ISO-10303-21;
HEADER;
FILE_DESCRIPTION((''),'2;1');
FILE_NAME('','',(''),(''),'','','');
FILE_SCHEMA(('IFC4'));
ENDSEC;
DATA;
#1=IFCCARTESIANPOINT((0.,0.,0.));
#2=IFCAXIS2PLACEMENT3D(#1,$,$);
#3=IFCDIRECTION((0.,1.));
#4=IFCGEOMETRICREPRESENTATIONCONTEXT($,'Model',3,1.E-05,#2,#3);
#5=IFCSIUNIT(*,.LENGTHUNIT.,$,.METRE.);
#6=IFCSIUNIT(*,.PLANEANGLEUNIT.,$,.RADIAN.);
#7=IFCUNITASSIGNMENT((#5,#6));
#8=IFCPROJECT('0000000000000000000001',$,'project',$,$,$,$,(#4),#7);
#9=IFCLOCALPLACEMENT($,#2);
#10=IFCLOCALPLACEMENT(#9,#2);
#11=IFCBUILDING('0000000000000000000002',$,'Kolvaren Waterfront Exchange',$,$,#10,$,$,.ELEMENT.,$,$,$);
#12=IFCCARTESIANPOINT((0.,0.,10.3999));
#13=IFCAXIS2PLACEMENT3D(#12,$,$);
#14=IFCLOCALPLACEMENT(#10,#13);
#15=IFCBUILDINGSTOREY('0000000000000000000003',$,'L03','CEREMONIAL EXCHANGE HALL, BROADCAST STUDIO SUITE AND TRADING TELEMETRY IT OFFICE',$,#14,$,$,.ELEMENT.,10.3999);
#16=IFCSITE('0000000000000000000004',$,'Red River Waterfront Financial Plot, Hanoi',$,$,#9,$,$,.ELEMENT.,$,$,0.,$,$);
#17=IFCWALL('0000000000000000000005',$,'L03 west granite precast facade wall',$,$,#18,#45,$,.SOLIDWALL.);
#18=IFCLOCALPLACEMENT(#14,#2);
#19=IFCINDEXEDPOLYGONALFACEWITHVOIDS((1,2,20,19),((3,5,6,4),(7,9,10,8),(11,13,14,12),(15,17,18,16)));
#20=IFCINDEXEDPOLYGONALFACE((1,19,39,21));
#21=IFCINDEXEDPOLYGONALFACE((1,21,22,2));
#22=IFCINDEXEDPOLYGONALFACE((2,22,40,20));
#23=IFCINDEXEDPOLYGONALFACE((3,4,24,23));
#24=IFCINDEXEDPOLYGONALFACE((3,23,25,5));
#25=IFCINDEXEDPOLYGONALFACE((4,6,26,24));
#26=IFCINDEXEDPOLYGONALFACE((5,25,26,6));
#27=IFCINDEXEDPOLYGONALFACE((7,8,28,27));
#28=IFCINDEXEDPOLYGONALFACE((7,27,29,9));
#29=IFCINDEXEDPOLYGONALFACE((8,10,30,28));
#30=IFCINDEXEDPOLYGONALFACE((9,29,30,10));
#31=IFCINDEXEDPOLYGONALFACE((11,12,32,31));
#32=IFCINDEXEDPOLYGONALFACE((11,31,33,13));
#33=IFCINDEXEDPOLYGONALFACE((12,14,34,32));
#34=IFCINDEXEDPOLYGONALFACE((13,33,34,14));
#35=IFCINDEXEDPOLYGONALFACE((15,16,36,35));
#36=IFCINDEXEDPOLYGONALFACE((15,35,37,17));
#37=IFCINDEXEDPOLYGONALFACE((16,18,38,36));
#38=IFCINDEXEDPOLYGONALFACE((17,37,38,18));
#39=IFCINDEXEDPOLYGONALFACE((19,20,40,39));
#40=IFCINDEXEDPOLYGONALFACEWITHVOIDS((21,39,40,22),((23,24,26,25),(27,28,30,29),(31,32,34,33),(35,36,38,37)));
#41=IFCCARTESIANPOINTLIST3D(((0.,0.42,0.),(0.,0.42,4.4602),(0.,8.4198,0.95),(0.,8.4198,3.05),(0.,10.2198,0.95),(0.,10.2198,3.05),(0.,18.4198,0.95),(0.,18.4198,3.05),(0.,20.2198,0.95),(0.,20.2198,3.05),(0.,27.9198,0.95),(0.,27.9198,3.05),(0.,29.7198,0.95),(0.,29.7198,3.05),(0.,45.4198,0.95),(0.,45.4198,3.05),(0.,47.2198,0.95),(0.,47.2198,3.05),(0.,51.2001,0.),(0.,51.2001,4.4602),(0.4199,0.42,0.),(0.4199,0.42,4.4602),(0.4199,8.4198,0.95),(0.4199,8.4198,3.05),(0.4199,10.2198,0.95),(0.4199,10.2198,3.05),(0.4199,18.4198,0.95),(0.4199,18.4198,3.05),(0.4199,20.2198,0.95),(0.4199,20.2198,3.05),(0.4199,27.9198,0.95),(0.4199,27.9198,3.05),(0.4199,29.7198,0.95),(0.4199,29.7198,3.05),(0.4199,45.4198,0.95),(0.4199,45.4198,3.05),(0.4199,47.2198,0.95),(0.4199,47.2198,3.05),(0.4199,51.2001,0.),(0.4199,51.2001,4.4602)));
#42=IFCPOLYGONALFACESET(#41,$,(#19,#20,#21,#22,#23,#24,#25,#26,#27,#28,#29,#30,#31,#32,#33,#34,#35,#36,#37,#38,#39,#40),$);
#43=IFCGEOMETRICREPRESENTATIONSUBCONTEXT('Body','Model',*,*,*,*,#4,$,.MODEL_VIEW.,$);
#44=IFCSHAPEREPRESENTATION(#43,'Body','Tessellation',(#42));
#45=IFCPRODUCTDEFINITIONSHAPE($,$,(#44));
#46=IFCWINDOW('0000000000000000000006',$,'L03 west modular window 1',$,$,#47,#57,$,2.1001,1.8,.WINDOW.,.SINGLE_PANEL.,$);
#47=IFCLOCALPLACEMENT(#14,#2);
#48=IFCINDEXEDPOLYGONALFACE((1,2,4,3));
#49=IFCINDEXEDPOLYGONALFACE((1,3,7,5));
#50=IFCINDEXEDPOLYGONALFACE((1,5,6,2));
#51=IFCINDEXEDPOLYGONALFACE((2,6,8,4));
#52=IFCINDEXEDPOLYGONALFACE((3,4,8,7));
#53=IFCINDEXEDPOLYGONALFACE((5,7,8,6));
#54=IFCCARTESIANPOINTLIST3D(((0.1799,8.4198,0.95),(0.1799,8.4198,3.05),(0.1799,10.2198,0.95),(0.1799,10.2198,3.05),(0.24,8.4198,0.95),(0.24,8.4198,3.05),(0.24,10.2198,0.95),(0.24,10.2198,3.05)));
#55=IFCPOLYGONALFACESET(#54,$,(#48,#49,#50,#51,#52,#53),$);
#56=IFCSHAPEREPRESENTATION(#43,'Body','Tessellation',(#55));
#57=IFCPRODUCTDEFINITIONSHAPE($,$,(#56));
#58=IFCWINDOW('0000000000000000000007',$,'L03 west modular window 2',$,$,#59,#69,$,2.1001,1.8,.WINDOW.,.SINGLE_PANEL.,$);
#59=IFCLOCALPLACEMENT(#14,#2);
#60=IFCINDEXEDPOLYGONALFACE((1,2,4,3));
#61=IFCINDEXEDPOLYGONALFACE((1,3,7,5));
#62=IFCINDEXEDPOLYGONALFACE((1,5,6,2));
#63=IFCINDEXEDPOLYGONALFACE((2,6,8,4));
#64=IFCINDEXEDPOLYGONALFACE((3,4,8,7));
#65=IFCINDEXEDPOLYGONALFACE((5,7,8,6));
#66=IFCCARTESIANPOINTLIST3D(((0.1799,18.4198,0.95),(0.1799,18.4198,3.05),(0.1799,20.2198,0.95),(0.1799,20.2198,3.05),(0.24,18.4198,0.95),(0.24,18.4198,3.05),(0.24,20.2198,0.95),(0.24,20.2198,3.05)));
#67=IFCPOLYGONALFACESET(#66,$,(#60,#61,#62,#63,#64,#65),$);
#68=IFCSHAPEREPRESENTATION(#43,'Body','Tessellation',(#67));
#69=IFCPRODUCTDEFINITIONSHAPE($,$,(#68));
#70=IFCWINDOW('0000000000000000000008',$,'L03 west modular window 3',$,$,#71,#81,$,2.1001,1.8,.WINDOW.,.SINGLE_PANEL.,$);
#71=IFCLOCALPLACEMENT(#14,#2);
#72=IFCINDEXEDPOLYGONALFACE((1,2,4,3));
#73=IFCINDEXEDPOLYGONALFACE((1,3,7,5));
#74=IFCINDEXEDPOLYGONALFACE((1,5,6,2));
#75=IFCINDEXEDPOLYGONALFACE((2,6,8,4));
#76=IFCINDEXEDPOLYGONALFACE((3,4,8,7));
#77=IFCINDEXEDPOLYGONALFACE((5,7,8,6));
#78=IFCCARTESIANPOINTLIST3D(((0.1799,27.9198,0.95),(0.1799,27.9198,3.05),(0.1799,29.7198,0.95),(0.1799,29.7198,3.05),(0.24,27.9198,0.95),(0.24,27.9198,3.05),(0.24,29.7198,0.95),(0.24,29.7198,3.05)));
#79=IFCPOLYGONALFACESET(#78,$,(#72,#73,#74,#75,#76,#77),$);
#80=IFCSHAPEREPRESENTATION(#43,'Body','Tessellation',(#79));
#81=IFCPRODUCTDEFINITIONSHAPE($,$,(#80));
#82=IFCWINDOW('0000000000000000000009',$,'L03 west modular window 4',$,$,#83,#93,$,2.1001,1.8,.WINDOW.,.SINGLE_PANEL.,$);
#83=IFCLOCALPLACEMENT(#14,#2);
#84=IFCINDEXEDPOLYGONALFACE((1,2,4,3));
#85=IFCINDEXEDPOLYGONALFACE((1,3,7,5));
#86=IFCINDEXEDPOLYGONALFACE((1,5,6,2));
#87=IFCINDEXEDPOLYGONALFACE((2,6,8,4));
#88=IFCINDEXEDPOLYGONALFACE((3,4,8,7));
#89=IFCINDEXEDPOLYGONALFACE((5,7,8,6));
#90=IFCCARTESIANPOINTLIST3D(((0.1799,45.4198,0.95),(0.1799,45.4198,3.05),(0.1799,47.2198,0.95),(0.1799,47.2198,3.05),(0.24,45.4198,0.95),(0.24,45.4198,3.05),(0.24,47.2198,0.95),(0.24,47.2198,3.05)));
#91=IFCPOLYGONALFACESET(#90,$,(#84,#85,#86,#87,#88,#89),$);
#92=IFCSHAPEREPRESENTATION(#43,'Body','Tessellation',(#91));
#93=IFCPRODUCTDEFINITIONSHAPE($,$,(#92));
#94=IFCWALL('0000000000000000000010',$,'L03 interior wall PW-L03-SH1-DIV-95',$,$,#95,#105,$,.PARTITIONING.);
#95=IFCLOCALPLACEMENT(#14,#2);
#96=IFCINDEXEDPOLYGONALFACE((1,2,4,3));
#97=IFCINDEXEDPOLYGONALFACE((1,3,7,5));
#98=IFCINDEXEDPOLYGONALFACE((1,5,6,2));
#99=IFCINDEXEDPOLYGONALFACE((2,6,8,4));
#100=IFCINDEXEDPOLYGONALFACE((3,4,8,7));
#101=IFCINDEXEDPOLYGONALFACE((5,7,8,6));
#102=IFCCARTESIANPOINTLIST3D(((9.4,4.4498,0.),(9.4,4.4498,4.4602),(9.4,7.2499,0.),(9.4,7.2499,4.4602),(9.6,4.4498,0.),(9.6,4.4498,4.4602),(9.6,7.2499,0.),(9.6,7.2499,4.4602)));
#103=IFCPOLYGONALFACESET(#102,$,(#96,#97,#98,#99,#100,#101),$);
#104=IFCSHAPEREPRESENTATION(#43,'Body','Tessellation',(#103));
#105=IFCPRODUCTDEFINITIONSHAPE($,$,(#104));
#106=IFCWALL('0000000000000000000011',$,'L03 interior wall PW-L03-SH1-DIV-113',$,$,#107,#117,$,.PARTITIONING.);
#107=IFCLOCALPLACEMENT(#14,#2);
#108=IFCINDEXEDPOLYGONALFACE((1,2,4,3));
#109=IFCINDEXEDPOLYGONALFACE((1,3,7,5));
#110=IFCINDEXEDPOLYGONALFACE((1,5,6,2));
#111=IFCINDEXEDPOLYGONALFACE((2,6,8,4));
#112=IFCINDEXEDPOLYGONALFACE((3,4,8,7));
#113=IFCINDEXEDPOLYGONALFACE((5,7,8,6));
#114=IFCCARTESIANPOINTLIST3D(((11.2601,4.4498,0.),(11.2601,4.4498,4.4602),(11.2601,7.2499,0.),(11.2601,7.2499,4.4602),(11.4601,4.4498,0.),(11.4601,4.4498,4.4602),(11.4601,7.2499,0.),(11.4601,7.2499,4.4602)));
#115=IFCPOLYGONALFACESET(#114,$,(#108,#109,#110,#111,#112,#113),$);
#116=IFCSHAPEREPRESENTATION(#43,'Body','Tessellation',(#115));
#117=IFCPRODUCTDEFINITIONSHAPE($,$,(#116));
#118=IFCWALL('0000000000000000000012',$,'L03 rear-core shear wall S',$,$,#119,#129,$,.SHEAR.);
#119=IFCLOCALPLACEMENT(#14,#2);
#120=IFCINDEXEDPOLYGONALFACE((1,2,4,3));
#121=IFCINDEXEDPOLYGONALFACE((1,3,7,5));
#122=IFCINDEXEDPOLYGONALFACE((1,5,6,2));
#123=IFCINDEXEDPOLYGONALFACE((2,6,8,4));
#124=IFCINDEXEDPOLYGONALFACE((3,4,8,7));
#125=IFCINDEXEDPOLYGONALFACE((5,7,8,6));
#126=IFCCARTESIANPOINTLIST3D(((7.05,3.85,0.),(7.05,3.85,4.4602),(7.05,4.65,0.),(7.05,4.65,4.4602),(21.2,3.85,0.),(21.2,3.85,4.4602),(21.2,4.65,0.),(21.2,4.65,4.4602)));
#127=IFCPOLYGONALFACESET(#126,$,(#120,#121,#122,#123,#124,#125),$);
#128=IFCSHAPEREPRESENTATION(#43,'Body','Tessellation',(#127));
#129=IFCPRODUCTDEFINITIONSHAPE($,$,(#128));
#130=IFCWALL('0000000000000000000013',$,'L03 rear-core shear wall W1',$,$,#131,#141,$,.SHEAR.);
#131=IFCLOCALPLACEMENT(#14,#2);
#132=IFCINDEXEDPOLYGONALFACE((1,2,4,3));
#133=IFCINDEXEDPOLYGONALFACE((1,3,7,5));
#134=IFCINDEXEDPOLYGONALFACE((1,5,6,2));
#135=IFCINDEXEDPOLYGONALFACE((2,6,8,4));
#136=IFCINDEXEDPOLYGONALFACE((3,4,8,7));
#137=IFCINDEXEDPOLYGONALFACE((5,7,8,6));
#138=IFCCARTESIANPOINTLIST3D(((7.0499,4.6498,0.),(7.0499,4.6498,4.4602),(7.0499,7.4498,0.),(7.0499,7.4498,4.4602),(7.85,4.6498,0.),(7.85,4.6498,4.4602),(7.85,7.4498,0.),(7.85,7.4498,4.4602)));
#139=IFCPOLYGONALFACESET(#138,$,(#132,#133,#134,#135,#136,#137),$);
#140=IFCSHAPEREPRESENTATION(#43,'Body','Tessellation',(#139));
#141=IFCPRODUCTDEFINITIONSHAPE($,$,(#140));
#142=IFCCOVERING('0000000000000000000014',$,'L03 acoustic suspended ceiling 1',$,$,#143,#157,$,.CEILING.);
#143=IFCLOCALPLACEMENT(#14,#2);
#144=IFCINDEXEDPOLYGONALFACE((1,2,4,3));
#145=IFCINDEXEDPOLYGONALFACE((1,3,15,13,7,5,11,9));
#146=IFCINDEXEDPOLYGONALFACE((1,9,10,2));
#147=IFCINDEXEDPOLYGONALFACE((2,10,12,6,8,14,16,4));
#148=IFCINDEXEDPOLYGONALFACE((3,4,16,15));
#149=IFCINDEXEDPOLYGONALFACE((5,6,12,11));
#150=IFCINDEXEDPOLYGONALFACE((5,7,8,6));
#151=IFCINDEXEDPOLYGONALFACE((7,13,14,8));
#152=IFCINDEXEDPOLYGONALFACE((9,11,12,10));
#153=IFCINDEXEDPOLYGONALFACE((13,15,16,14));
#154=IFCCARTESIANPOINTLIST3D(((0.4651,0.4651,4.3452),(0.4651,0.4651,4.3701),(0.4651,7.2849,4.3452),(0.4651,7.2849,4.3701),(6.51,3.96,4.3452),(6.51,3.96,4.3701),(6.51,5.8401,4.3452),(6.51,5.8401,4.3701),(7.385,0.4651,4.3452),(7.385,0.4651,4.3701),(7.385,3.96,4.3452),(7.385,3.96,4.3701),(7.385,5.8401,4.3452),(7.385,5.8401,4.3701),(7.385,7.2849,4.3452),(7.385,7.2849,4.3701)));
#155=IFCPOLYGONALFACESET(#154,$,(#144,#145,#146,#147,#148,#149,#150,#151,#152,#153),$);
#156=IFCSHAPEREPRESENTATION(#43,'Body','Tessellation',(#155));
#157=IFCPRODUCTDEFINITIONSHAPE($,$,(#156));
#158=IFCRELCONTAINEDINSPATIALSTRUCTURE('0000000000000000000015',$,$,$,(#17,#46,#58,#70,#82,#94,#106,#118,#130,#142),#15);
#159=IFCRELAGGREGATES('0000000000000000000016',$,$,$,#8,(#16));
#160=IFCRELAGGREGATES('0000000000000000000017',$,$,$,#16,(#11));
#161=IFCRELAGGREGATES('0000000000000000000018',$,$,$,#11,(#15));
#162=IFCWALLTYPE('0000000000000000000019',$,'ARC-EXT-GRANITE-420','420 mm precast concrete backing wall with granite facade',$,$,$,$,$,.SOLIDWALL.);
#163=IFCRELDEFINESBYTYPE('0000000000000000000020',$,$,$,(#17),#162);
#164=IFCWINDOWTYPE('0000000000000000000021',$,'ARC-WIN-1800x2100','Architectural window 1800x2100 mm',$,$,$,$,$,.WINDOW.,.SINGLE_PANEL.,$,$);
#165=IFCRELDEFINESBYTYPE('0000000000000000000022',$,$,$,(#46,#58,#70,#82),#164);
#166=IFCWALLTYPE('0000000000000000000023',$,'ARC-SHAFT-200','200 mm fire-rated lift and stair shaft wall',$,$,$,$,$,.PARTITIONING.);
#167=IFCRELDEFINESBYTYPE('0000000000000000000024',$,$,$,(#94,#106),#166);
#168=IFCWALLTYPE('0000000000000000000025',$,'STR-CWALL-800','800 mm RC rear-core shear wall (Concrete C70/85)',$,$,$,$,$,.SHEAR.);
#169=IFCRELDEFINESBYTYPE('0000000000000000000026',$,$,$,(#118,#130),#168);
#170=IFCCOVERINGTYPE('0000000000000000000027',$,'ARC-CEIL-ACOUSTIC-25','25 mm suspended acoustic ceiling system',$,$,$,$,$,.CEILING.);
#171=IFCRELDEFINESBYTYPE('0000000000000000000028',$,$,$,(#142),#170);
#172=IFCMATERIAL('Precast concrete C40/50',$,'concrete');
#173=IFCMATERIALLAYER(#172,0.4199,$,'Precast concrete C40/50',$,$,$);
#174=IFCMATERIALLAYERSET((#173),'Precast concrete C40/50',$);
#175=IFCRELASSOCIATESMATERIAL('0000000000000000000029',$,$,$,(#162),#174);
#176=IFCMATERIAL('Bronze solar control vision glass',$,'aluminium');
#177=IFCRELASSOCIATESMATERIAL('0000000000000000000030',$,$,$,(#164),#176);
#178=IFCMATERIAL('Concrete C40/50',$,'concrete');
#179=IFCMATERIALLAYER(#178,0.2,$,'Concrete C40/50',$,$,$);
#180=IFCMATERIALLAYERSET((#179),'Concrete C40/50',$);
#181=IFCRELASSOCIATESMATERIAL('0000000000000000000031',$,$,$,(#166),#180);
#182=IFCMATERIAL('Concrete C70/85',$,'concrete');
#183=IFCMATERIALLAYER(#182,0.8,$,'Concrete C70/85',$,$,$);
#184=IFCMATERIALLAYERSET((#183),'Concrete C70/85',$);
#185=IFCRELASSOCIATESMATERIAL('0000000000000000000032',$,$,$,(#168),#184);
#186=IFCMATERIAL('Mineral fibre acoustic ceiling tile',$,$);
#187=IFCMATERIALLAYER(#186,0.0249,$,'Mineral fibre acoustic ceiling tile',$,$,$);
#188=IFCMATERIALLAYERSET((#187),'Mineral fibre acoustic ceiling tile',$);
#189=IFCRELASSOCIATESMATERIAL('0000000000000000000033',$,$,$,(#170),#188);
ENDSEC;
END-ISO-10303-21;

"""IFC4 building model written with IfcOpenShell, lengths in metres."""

from ifc_helpers import new_model, si_unit, direction, frame, frame_2d, origin, place, context, subcontext, project, spatial, polyline, rectangle, outline, extrude, material, layer, layer_set, type_object, element, fill, save


model = new_model("IFC4")

# Units and contexts
model_context = context("Model", 3, precision=1e-05, world=origin(), true_north=direction((0.0, 1.0)))
body_context = subcontext(model_context, "Body", "Model", "MODEL_VIEW")
ifc_project = project(units=[si_unit("LENGTHUNIT", "METRE"), si_unit("PLANEANGLEUNIT", "RADIAN")], contexts=[model_context])

# Site, building, storey
site_placement = place(None, origin())
site = spatial("IfcSite", under=ifc_project, at=site_placement, Name="Red River Waterfront Financial Plot, Hanoi", CompositionType="ELEMENT", RefElevation=0.0)
building_placement = place(site_placement, origin())
building = spatial("IfcBuilding", under=site, at=building_placement, Name="Kolvaren Waterfront Exchange", CompositionType="ELEMENT")
storey_placement = place(building_placement, frame((0.0, 0.0, 10.3999)))
storey = spatial("IfcBuildingStorey", under=building, at=storey_placement, Name="L03", Description="CEREMONIAL EXCHANGE HALL, BROADCAST STUDIO SUITE AND TRADING TELEMETRY IT OFFICE", CompositionType="ELEMENT", Elevation=10.3999)

# Shared definitions
ifc_material_1 = material(Name="Concrete C70/85", Category="concrete")

# Shared definitions
ifc_material_2 = material(Name="Concrete C40/50", Category="concrete")

# Wall, openings, windows
ifc_material_3 = material(Name="Precast concrete C40/50", Category="concrete")
ifc_layer_1 = layer(ifc_material_3, 0.4199, Name="Precast concrete C40/50")
ifc_layer_set_1 = layer_set([ifc_layer_1], Name="Precast concrete C40/50")
wall_type_1 = type_object("IfcWallType", Name="ARC-EXT-GRANITE-420", Description="420 mm precast concrete backing wall with granite facade", PredefinedType="SOLIDWALL", material=ifc_layer_set_1)
ifc_material_4 = material(Name="Bronze solar control vision glass", Category="aluminium")
window_type = type_object("IfcWindowType", Name="ARC-WIN-1800x2100", Description="Architectural window 1800x2100 mm", PartitioningType="SINGLE_PANEL", PredefinedType="WINDOW", material=ifc_material_4)
wall_1_placement = place(storey_placement, frame((0.21, 0.4199, 0.0), z_axis=(0.0, 0.0, 1.0), x_axis=(0.0, 1.0, 0.0)))
wall_1 = element("IfcWall", 1, at=wall_1_placement, inside=storey, type_object=wall_type_1, Name="L03 west granite precast facade wall", PredefinedType="SOLIDWALL", context=body_context, shape_type="SweptSolid", body=[
    extrude(rectangle(XDim=50.78, YDim=0.4199, at=frame_2d((25.3901, 0.0))), origin(), (0.0, 0.0, 1.0), 4.4602),
])
opening_1_placement = place(wall_1_placement, frame((8.0, 0.0, 0.95)))
opening_1 = element("IfcOpeningElement", 2, at=opening_1_placement, cuts=wall_1, PredefinedType="OPENING", context=body_context, shape_type="SweptSolid", body=[
    extrude(rectangle(XDim=1.8, YDim=2.1001, at=frame_2d((0.8999, 1.05))), frame((0.0, 0.22, 0.0), z_axis=(0.0, -1.0, 0.0), x_axis=(1.0, 0.0, 0.0)), (0.0, 0.0, 1.0), 0.4399),
])
opening_2_placement = place(wall_1_placement, frame((18.0, 0.0, 0.95)))
opening_2 = element("IfcOpeningElement", 3, at=opening_2_placement, cuts=wall_1, PredefinedType="OPENING", context=body_context, shape_type="SweptSolid", body=[
    extrude(rectangle(XDim=1.8, YDim=2.1001, at=frame_2d((0.8999, 1.05))), frame((0.0, 0.22, 0.0), z_axis=(0.0, -1.0, 0.0), x_axis=(1.0, 0.0, 0.0)), (0.0, 0.0, 1.0), 0.4399),
])
opening_3_placement = place(wall_1_placement, frame((27.5, 0.0, 0.95)))
opening_3 = element("IfcOpeningElement", 4, at=opening_3_placement, cuts=wall_1, PredefinedType="OPENING", context=body_context, shape_type="SweptSolid", body=[
    extrude(rectangle(XDim=1.8, YDim=2.1001, at=frame_2d((0.8999, 1.05))), frame((0.0, 0.22, 0.0), z_axis=(0.0, -1.0, 0.0), x_axis=(1.0, 0.0, 0.0)), (0.0, 0.0, 1.0), 0.4399),
])
opening_4_placement = place(wall_1_placement, frame((45.0, 0.0, 0.95)))
opening_4 = element("IfcOpeningElement", 5, at=opening_4_placement, cuts=wall_1, PredefinedType="OPENING", context=body_context, shape_type="SweptSolid", body=[
    extrude(rectangle(XDim=1.8, YDim=2.1001, at=frame_2d((0.8999, 1.05))), frame((0.0, 0.22, 0.0), z_axis=(0.0, -1.0, 0.0), x_axis=(1.0, 0.0, 0.0)), (0.0, 0.0, 1.0), 0.4399),
])
window_1_placement = place(opening_1_placement, origin())
window_1 = element("IfcWindow", 6, at=window_1_placement, inside=storey, type_object=window_type, Name="L03 west modular window 1", OverallHeight=2.1001, OverallWidth=1.8, PartitioningType="SINGLE_PANEL", PredefinedType="WINDOW", context=body_context, shape_type="SweptSolid", body=[
    extrude(rectangle(XDim=1.8, YDim=2.1001, at=frame_2d((0.8999, 1.05))), frame((0.0, 0.03, 0.0), z_axis=(0.0, -1.0, 0.0), x_axis=(1.0, 0.0, 0.0)), (0.0, 0.0, 1.0), 0.0601),
])
fill(opening_1, window_1)
window_2_placement = place(opening_2_placement, origin())
window_2 = element("IfcWindow", 7, at=window_2_placement, inside=storey, type_object=window_type, Name="L03 west modular window 2", OverallHeight=2.1001, OverallWidth=1.8, PartitioningType="SINGLE_PANEL", PredefinedType="WINDOW", context=body_context, shape_type="SweptSolid", body=[
    extrude(rectangle(XDim=1.8, YDim=2.1001, at=frame_2d((0.8999, 1.05))), frame((0.0, 0.03, 0.0), z_axis=(0.0, -1.0, 0.0), x_axis=(1.0, 0.0, 0.0)), (0.0, 0.0, 1.0), 0.0601),
])
fill(opening_2, window_2)
window_3_placement = place(opening_3_placement, origin())
window_3 = element("IfcWindow", 8, at=window_3_placement, inside=storey, type_object=window_type, Name="L03 west modular window 3", OverallHeight=2.1001, OverallWidth=1.8, PartitioningType="SINGLE_PANEL", PredefinedType="WINDOW", context=body_context, shape_type="SweptSolid", body=[
    extrude(rectangle(XDim=1.8, YDim=2.1001, at=frame_2d((0.8999, 1.05))), frame((0.0, 0.03, 0.0), z_axis=(0.0, -1.0, 0.0), x_axis=(1.0, 0.0, 0.0)), (0.0, 0.0, 1.0), 0.0601),
])
fill(opening_3, window_3)
window_4_placement = place(opening_4_placement, origin())
window_4 = element("IfcWindow", 9, at=window_4_placement, inside=storey, type_object=window_type, Name="L03 west modular window 4", OverallHeight=2.1001, OverallWidth=1.8, PartitioningType="SINGLE_PANEL", PredefinedType="WINDOW", context=body_context, shape_type="SweptSolid", body=[
    extrude(rectangle(XDim=1.8, YDim=2.1001, at=frame_2d((0.8999, 1.05))), frame((0.0, 0.03, 0.0), z_axis=(0.0, -1.0, 0.0), x_axis=(1.0, 0.0, 0.0)), (0.0, 0.0, 1.0), 0.0601),
])
fill(opening_4, window_4)

# Walls
ifc_layer_2 = layer(ifc_material_2, 0.2, Name="Concrete C40/50")
ifc_layer_set_2 = layer_set([ifc_layer_2], Name="Concrete C40/50")
wall_type_2 = type_object("IfcWallType", Name="ARC-SHAFT-200", Description="200 mm fire-rated lift and stair shaft wall", PredefinedType="PARTITIONING", material=ifc_layer_set_2)
for number, where, z_axis, x_axis, name in (
    (10, (9.5, 4.45, 0.0), (0.0, 0.0, 1.0), (0.0, 1.0, 0.0), "L03 interior wall PW-L03-SH1-DIV-95"),
    (11, (11.3601, 4.45, 0.0), (0.0, 0.0, 1.0), (0.0, 1.0, 0.0), "L03 interior wall PW-L03-SH1-DIV-113"),
):
    element("IfcWall", number, at=place(storey_placement, frame(where, z_axis=z_axis, x_axis=x_axis)), inside=storey, type_object=wall_type_2, Name=name, PredefinedType="PARTITIONING", context=body_context, shape_type="SweptSolid", body=[
        extrude(rectangle(XDim=2.8, YDim=0.2, at=frame_2d((1.3999, 0.0))), origin(), (0.0, 0.0, 1.0), 4.4602),
    ])
ifc_layer_3 = layer(ifc_material_1, 0.8, Name="Concrete C70/85")
ifc_layer_set_3 = layer_set([ifc_layer_3], Name="Concrete C70/85")
wall_type_3 = type_object("IfcWallType", Name="STR-CWALL-800", Description="800 mm RC rear-core shear wall (Concrete C70/85)", PredefinedType="SHEAR", material=ifc_layer_set_3)
wall_2_placement = place(storey_placement, frame((7.05, 4.25, 0.0), z_axis=(0.0, 0.0, 1.0), x_axis=(1.0, 0.0, 0.0)))
element("IfcWall", 12, at=wall_2_placement, inside=storey, type_object=wall_type_3, Name="L03 rear-core shear wall S", PredefinedType="SHEAR", context=body_context, shape_type="SweptSolid", body=[
    extrude(rectangle(XDim=14.1499, YDim=0.8, at=frame_2d((7.075, 0.0))), origin(), (0.0, 0.0, 1.0), 4.4602),
])
wall_3_placement = place(storey_placement, frame((7.45, 4.6499, 0.0), z_axis=(0.0, 0.0, 1.0), x_axis=(0.0, 1.0, 0.0)))
element("IfcWall", 13, at=wall_3_placement, inside=storey, type_object=wall_type_3, Name="L03 rear-core shear wall W1", PredefinedType="SHEAR", context=body_context, shape_type="SweptSolid", body=[
    extrude(rectangle(XDim=2.8, YDim=0.8, at=frame_2d((1.3999, 0.0))), origin(), (0.0, 0.0, 1.0), 4.4602),
])

# Covering
ifc_material_5 = material(Name="Mineral fibre acoustic ceiling tile")
ifc_layer_4 = layer(ifc_material_5, 0.0249, Name="Mineral fibre acoustic ceiling tile")
ifc_layer_set_4 = layer_set([ifc_layer_4], Name="Mineral fibre acoustic ceiling tile")
covering_type_1 = type_object("IfcCoveringType", Name="ARC-CEIL-ACOUSTIC-25", Description="25 mm suspended acoustic ceiling system", PredefinedType="CEILING", material=ifc_layer_set_4)
covering_1_placement = place(storey_placement, frame((0.0, 0.0, 4.3452)))
element("IfcCovering", 14, at=covering_1_placement, inside=storey, type_object=covering_type_1, Name="L03 acoustic suspended ceiling 1", PredefinedType="CEILING", context=body_context, shape_type="SweptSolid", body=[
    extrude(outline(polyline([(7.385, 3.96), (6.51, 3.96), (6.51, 5.8401), (7.385, 5.8401), (7.385, 7.2849), (0.4651, 7.2849), (0.4651, 0.4651), (7.385, 0.4651), (7.385, 3.96)])), origin(), (0.0, 0.0, 1.0), 0.0249),
])

save(model, "model.ifc")
